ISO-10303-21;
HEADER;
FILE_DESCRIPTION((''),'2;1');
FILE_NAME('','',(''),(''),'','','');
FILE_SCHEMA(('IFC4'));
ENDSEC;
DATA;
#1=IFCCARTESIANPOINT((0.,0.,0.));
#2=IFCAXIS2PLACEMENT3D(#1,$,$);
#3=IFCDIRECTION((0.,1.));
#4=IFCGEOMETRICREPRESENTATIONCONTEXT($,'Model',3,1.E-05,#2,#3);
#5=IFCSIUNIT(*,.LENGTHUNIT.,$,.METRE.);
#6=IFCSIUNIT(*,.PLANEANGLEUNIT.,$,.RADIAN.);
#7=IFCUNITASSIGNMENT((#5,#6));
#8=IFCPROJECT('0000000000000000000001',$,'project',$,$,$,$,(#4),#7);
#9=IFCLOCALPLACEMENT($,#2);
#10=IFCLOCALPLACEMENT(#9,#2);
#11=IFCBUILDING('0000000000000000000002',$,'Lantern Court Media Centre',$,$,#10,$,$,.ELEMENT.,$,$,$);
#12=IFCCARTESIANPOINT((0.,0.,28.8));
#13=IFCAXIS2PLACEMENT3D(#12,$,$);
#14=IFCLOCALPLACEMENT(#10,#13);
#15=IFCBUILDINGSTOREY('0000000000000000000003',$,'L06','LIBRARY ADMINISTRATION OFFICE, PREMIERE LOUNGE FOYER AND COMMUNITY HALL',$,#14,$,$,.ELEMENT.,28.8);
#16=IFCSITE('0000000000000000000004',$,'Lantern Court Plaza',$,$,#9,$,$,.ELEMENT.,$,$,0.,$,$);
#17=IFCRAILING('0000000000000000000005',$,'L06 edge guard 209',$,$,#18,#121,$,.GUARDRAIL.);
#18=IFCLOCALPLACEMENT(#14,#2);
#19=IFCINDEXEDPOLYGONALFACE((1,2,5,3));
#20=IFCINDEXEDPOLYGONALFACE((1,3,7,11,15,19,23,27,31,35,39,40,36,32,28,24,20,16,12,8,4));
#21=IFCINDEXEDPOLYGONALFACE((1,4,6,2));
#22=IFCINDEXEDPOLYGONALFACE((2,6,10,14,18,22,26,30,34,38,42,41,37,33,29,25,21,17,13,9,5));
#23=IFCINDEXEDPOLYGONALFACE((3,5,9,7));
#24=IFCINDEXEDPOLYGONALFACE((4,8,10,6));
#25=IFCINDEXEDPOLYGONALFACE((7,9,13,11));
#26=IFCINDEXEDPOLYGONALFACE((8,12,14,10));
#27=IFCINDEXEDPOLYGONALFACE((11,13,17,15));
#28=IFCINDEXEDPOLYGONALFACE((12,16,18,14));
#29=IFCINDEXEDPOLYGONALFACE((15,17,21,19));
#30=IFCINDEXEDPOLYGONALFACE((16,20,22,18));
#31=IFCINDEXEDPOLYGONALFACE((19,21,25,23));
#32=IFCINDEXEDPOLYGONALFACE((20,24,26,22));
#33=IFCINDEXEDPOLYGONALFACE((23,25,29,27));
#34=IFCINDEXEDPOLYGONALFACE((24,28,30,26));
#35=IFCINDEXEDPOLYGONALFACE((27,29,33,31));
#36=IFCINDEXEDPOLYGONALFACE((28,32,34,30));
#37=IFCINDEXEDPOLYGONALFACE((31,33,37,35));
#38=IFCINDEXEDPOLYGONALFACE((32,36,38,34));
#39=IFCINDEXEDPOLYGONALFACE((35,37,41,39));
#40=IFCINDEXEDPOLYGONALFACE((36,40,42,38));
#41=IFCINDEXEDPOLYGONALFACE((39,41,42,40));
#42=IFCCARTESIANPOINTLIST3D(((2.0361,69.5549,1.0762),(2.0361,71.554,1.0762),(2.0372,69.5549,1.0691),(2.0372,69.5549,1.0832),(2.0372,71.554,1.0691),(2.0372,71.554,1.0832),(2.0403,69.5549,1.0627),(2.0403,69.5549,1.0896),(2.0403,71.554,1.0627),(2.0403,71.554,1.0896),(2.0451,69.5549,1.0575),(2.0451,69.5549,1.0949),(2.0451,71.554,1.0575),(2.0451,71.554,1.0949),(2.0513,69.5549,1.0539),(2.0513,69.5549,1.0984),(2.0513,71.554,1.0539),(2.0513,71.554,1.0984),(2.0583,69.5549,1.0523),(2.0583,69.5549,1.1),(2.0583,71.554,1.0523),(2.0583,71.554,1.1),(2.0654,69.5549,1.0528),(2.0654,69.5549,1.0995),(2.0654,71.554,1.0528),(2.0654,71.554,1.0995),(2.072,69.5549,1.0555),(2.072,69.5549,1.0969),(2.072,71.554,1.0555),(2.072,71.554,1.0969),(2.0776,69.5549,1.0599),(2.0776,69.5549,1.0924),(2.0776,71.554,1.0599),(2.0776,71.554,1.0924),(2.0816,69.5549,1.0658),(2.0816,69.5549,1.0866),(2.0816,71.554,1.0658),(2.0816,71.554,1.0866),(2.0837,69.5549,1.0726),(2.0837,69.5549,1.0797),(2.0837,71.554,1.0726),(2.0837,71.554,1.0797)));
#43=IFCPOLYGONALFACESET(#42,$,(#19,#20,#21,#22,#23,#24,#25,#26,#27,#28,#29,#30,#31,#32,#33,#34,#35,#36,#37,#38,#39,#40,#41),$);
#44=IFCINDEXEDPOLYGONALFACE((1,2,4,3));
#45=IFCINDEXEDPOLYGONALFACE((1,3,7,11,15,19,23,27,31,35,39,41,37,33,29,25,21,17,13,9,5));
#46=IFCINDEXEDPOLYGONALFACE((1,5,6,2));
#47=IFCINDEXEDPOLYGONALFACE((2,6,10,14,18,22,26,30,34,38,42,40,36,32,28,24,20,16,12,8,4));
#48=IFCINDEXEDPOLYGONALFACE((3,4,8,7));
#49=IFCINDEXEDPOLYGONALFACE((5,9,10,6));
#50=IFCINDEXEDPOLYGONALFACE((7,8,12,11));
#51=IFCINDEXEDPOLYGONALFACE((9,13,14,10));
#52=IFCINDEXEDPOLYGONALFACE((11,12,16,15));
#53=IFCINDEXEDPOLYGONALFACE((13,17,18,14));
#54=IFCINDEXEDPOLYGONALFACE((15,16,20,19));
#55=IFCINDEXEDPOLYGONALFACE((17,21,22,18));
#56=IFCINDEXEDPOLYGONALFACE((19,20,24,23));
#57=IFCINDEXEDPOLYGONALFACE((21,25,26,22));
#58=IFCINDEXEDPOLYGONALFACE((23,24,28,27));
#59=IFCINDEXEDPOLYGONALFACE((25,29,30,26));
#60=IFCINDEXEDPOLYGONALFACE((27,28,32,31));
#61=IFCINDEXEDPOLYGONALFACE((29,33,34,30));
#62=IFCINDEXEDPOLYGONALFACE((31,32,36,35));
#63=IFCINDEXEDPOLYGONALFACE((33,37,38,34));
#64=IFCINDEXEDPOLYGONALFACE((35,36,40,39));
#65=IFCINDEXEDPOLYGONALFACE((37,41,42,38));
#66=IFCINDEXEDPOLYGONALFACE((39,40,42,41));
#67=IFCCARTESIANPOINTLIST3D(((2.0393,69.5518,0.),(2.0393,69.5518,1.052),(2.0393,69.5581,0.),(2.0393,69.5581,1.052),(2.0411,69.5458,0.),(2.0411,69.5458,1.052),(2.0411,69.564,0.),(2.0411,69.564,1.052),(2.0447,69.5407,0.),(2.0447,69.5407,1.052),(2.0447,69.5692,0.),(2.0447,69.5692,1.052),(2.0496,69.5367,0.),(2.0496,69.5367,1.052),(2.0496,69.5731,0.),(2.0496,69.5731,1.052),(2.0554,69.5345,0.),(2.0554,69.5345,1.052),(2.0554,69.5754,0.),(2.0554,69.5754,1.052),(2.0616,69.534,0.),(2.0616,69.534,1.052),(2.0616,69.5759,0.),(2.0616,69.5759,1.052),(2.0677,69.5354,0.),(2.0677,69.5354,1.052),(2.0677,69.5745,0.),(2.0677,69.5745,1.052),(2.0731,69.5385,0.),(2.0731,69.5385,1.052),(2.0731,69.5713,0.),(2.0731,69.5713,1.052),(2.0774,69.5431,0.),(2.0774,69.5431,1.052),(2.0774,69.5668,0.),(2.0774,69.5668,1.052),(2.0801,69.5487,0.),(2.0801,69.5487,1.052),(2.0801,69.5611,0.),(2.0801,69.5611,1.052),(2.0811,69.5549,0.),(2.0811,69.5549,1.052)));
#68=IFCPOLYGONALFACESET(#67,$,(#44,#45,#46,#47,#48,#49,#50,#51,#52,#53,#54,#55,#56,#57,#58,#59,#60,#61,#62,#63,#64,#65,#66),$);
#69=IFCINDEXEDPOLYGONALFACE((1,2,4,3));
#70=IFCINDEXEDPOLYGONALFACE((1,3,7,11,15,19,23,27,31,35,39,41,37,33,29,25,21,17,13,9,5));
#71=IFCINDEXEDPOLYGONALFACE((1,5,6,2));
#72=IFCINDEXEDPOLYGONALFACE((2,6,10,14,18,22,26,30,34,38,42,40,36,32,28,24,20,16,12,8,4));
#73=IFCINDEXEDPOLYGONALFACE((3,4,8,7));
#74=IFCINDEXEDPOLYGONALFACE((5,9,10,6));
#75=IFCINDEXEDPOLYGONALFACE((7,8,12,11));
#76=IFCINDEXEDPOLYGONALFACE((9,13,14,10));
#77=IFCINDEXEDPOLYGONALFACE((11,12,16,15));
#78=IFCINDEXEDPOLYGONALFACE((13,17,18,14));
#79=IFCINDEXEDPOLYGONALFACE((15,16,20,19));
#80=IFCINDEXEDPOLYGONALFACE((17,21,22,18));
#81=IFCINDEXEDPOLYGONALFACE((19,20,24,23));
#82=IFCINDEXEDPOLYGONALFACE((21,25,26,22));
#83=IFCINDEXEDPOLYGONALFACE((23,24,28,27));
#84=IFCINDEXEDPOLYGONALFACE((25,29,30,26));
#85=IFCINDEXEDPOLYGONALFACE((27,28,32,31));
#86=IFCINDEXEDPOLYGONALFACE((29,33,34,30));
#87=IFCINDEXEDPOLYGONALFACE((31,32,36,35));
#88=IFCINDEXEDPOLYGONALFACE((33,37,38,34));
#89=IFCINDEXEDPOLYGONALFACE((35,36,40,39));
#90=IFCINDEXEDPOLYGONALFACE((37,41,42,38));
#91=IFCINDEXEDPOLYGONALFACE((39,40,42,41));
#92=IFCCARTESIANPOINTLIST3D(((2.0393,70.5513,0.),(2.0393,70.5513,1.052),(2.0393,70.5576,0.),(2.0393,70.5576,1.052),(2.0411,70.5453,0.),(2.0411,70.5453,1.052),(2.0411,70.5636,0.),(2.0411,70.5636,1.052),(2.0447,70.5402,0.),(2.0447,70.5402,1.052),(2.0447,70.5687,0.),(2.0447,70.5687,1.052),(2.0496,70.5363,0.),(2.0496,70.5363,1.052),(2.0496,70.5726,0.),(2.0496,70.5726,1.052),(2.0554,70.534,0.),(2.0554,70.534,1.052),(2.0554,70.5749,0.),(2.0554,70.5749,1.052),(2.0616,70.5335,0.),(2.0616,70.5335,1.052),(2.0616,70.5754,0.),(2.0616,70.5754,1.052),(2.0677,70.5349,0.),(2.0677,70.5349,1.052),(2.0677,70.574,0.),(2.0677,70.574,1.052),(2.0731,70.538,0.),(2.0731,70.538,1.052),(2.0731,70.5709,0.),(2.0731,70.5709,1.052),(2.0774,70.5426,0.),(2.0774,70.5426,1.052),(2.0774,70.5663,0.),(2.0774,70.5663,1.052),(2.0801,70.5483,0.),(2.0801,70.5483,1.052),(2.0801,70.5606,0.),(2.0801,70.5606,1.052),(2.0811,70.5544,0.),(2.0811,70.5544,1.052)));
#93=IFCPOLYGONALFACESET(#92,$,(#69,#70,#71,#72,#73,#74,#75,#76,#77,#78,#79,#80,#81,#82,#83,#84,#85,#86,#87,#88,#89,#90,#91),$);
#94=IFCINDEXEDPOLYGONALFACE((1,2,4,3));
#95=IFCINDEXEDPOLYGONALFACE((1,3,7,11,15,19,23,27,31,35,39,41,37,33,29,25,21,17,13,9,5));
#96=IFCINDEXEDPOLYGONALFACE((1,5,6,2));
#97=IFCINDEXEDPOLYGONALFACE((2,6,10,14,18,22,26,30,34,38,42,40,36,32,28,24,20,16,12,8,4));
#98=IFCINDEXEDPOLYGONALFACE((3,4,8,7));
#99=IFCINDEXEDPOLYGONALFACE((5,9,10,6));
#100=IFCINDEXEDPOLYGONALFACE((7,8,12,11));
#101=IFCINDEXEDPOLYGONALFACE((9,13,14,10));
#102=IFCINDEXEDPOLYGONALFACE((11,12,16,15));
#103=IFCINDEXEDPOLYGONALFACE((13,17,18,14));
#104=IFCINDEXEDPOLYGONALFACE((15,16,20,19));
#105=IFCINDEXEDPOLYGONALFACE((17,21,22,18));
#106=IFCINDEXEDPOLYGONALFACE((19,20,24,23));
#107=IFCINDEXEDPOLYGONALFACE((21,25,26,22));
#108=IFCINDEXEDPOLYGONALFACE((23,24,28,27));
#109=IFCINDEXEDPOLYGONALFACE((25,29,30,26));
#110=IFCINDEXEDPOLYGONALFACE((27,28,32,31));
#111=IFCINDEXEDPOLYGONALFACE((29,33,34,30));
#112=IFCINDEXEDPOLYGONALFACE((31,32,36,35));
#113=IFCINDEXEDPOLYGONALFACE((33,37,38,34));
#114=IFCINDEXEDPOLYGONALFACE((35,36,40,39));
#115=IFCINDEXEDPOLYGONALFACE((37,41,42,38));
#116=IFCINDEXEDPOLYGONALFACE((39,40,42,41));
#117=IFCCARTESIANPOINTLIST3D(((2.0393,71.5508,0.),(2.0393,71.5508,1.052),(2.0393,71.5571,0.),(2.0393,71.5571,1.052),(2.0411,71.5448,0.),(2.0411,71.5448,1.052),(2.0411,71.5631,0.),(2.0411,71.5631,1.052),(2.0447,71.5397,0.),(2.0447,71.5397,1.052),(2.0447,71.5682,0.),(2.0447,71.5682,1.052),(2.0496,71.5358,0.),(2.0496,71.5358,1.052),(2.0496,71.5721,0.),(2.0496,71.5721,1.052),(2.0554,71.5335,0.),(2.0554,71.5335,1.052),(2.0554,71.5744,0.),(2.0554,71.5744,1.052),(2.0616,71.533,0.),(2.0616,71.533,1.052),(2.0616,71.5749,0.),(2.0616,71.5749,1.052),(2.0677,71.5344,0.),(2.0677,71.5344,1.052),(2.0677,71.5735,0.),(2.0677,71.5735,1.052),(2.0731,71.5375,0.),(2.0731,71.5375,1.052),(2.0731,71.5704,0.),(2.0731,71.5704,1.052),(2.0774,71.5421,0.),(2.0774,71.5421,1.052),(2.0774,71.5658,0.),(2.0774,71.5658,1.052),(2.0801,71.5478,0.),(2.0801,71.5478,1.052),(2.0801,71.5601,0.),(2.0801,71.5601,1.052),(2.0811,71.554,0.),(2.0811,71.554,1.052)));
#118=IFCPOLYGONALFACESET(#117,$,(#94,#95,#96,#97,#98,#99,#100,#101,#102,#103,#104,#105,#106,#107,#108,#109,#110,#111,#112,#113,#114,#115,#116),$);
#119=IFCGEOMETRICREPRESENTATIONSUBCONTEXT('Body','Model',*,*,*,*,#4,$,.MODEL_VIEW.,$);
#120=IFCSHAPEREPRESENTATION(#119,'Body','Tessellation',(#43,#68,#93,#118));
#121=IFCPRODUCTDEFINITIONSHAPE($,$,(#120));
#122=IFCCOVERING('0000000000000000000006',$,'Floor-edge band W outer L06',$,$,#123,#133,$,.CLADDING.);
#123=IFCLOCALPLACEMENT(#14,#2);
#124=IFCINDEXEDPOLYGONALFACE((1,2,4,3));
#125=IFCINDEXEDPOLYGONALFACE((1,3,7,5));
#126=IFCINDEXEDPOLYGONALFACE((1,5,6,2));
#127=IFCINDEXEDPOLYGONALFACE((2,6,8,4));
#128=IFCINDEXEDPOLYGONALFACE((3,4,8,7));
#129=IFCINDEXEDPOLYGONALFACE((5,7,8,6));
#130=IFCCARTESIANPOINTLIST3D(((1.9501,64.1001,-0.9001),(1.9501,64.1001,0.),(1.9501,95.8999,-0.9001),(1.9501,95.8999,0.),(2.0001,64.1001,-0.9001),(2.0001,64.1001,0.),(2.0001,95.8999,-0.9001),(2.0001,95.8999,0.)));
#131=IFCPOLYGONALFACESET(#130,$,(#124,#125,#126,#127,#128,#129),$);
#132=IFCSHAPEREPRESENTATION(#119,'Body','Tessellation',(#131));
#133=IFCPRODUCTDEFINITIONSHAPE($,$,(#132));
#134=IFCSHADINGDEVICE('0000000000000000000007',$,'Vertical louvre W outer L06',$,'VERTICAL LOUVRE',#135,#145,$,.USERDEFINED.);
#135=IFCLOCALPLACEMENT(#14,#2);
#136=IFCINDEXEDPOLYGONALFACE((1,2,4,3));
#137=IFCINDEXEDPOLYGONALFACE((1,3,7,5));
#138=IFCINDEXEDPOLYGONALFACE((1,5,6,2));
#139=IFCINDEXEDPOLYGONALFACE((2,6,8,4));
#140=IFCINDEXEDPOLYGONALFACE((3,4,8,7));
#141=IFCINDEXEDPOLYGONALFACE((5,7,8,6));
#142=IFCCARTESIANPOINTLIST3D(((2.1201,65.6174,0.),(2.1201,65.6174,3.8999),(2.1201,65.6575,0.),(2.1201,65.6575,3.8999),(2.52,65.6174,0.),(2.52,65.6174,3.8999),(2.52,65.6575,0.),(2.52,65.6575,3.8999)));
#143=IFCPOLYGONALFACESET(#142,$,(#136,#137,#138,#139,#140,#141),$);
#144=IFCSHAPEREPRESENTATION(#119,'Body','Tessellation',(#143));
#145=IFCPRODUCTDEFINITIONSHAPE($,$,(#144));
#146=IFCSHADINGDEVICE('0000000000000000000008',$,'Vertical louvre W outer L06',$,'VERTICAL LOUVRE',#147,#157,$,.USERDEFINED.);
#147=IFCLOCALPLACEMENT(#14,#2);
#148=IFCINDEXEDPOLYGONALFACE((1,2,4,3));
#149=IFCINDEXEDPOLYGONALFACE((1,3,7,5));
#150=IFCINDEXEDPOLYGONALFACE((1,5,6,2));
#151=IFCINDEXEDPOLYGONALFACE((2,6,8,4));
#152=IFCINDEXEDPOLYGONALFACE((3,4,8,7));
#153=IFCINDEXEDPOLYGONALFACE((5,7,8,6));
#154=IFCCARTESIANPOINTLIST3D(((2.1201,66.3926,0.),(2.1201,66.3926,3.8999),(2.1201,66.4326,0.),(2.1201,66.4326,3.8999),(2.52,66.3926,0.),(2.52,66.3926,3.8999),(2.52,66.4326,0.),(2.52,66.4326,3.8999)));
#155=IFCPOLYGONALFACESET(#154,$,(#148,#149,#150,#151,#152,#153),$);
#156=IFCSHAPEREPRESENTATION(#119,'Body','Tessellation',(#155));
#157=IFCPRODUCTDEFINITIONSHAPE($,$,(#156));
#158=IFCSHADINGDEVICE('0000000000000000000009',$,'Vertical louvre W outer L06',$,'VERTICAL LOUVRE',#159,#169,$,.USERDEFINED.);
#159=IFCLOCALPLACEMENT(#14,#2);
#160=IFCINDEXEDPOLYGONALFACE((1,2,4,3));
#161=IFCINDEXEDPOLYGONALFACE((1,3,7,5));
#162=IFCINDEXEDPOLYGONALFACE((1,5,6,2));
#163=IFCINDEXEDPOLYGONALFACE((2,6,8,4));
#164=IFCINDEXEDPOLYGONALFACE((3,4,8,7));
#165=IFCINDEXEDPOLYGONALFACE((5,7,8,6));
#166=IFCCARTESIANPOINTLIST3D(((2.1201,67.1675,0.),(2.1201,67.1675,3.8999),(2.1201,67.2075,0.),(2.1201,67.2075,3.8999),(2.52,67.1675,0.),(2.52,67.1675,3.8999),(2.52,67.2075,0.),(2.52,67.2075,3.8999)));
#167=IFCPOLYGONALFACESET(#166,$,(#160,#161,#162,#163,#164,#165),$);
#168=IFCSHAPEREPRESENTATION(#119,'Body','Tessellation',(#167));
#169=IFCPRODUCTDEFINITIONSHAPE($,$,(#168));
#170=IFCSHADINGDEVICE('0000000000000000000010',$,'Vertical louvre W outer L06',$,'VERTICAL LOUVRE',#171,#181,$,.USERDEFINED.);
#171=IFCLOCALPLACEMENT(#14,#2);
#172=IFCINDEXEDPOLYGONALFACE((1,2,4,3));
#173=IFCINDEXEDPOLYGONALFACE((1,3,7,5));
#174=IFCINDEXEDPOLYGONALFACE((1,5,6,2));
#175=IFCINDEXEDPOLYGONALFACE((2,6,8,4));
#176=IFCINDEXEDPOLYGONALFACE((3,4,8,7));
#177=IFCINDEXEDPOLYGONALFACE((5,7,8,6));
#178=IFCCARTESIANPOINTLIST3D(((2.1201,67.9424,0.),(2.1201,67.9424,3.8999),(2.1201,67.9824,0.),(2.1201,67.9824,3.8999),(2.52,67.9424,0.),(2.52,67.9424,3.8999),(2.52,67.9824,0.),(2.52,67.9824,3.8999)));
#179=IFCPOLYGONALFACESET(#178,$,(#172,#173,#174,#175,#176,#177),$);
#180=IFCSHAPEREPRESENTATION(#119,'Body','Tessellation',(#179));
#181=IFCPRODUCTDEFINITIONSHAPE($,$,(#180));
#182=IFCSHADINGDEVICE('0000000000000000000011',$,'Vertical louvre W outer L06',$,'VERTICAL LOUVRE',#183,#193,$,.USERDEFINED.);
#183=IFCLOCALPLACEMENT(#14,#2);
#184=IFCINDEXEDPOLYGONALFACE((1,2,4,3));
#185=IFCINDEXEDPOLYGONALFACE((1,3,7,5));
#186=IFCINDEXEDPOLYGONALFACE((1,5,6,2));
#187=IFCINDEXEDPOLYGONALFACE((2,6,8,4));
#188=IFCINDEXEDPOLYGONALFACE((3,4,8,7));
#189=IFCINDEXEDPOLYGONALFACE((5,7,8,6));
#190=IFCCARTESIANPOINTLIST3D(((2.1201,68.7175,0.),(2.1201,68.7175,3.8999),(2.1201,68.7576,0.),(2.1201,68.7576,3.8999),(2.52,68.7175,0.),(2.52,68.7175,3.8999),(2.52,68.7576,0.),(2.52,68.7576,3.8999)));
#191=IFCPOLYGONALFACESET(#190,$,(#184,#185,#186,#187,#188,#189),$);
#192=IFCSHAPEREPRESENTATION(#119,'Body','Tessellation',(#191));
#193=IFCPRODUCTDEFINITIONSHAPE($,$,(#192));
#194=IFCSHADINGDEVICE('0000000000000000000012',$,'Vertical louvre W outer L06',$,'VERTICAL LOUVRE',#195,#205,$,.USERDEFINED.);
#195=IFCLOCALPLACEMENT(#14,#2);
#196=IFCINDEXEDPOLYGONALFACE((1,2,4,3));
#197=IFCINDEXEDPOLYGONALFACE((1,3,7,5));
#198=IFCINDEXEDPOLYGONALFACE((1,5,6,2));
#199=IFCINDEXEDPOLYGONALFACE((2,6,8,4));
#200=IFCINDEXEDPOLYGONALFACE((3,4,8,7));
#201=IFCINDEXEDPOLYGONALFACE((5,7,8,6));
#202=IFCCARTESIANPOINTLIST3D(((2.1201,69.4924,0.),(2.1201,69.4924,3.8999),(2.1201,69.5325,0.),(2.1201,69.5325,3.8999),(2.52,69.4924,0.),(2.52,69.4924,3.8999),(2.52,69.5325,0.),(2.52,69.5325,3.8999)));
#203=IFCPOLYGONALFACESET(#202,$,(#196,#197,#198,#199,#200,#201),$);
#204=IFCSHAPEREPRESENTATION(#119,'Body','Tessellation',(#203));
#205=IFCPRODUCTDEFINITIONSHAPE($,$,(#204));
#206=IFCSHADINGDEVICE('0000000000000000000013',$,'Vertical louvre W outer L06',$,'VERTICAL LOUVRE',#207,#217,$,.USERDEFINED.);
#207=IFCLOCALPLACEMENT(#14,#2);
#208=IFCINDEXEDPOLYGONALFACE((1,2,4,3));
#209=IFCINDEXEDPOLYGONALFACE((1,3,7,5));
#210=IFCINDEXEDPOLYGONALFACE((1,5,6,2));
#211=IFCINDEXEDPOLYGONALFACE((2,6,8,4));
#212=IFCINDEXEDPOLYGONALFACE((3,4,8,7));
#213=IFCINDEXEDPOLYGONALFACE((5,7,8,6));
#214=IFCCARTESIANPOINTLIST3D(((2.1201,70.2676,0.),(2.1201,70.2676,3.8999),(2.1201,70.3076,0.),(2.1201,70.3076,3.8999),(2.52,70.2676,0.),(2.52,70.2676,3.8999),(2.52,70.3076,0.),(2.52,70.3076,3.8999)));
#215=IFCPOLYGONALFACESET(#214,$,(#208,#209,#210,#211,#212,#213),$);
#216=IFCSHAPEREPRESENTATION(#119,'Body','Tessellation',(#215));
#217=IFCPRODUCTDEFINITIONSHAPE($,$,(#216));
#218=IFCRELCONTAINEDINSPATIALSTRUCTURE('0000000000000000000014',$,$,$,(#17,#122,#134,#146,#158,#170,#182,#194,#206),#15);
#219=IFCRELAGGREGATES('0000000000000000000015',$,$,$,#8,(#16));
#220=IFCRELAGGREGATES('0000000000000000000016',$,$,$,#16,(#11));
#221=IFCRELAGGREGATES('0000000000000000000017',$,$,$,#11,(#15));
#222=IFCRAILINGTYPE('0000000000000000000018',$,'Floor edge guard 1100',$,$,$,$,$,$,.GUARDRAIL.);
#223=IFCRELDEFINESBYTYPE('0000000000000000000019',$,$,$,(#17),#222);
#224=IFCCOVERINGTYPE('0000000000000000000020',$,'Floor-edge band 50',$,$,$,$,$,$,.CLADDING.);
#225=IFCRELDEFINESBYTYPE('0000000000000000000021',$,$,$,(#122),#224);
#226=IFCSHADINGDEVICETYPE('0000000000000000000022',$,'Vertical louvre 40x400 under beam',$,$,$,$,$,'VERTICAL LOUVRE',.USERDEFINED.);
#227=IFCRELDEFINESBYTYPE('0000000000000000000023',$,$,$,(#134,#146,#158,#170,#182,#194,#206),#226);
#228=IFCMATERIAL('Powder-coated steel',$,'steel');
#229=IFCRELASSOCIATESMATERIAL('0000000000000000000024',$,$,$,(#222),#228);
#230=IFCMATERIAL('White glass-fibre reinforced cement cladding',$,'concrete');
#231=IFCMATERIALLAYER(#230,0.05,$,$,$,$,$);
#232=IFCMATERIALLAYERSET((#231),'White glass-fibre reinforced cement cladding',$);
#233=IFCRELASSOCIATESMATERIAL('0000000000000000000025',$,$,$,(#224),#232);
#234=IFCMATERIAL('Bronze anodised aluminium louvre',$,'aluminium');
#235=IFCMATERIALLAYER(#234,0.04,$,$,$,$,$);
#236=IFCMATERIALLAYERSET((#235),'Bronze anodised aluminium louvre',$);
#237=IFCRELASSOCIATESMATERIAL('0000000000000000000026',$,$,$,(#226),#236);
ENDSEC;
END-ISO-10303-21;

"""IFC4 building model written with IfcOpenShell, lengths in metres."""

from ifc_helpers import new_model, si_unit, direction, frame, frame_2d, origin, origin_2d, place, context, subcontext, project, spatial, rectangle, circle, extrude, material, layer, layer_set, type_object, element, save


model = new_model("IFC4")

# Units and contexts
model_context = context("Model", 3, precision=1e-05, world=origin(), true_north=direction((0.0, 1.0)))
body_context = subcontext(model_context, "Body", "Model", "MODEL_VIEW")
ifc_project = project(units=[si_unit("LENGTHUNIT", "METRE"), si_unit("PLANEANGLEUNIT", "RADIAN")], contexts=[model_context])

# Site, building, storey
site_placement = place(None, origin())
site = spatial("IfcSite", under=ifc_project, at=site_placement, Name="Lantern Court Plaza", CompositionType="ELEMENT", RefElevation=0.0)
building_placement = place(site_placement, origin())
building = spatial("IfcBuilding", under=site, at=building_placement, Name="Lantern Court Media Centre", CompositionType="ELEMENT")
storey_placement = place(building_placement, frame((0.0, 0.0, 28.8)))
storey = spatial("IfcBuildingStorey", under=building, at=storey_placement, Name="L06", Description="LIBRARY ADMINISTRATION OFFICE, PREMIERE LOUNGE FOYER AND COMMUNITY HALL", CompositionType="ELEMENT", Elevation=28.8)

# Railing
ifc_material_1 = material(Name="Powder-coated steel", Category="steel")
railing_type = type_object("IfcRailingType", Name="Floor edge guard 1100", PredefinedType="GUARDRAIL", material=ifc_material_1)
railing_1_placement = place(storey_placement, frame((2.0601, 69.5549, 0.0)))
element("IfcRailing", 1, at=railing_1_placement, inside=storey, type_object=railing_type, Name="L06 edge guard 209", PredefinedType="GUARDRAIL", context=body_context, shape_type="SweptSolid", body=[
    extrude(circle(Radius=0.0239, at=origin_2d()), frame((0.0, 0.0, 1.0762), z_axis=(0.0, 1.0, 0.0), x_axis=(-1.0, 0.0, 0.0)), (0.0, 0.0, 1.0), 1.999),
    extrude(circle(Radius=0.021, at=origin_2d()), origin(), (0.0, 0.0, 1.0), 1.052),
    extrude(circle(Radius=0.021, at=origin_2d()), frame((0.0, 0.9995, 0.0)), (0.0, 0.0, 1.0), 1.052),
    extrude(circle(Radius=0.021, at=origin_2d()), frame((0.0, 1.999, 0.0)), (0.0, 0.0, 1.0), 1.052),
])

# Covering
ifc_material_2 = material(Name="White glass-fibre reinforced cement cladding", Category="concrete")
ifc_layer_1 = layer(ifc_material_2, 0.05)
ifc_layer_set_1 = layer_set([ifc_layer_1], Name="White glass-fibre reinforced cement cladding")
covering_type = type_object("IfcCoveringType", Name="Floor-edge band 50", PredefinedType="CLADDING", material=ifc_layer_set_1)
covering_placement = place(storey_placement, frame((1.9751, 64.1001, -0.9001), z_axis=(0.0, 0.0, 1.0), x_axis=(0.0, 1.0, 0.0)))
element("IfcCovering", 2, at=covering_placement, inside=storey, type_object=covering_type, Name="Floor-edge band W outer L06", PredefinedType="CLADDING", context=body_context, shape_type="SweptSolid", body=[
    extrude(rectangle(XDim=31.7998, YDim=0.05, at=frame_2d((15.8999, 0.0))), origin(), (0.0, 0.0, 1.0), 0.9001),
])

# Shading devices
ifc_material_3 = material(Name="Bronze anodised aluminium louvre", Category="aluminium")
ifc_layer_2 = layer(ifc_material_3, 0.04)
ifc_layer_set_2 = layer_set([ifc_layer_2], Name="Bronze anodised aluminium louvre")
shading_device_type = type_object("IfcShadingDeviceType", Name="Vertical louvre 40x400 under beam", ElementType="VERTICAL LOUVRE", PredefinedType="USERDEFINED", material=ifc_layer_set_2)
for number, where, z_axis, x_axis, name in (
    (3, (2.3201, 65.6375, 0.0), (0.0, 0.0, 1.0), (1.0, 0.0, 0.0), "Vertical louvre W outer L06"),
    (4, (2.3201, 66.4126, 0.0), (0.0, 0.0, 1.0), (1.0, 0.0, 0.0), "Vertical louvre W outer L06"),
    (5, (2.3201, 67.1875, 0.0), (0.0, 0.0, 1.0), (1.0, 0.0, 0.0), "Vertical louvre W outer L06"),
    (6, (2.3201, 67.9624, 0.0), (0.0, 0.0, 1.0), (1.0, 0.0, 0.0), "Vertical louvre W outer L06"),
    (7, (2.3201, 68.7375, 0.0), (0.0, 0.0, 1.0), (1.0, 0.0, 0.0), "Vertical louvre W outer L06"),
    (8, (2.3201, 69.5125, 0.0), (0.0, 0.0, 1.0), (1.0, 0.0, 0.0), "Vertical louvre W outer L06"),
    (9, (2.3201, 70.2876, 0.0), (0.0, 0.0, 1.0), (1.0, 0.0, 0.0), "Vertical louvre W outer L06"),
):
    element("IfcShadingDevice", number, at=place(storey_placement, frame(where, z_axis=z_axis, x_axis=x_axis)), inside=storey, type_object=shading_device_type, Name=name, ObjectType="VERTICAL LOUVRE", PredefinedType="USERDEFINED", context=body_context, shape_type="SweptSolid", body=[
        extrude(rectangle(XDim=0.3999, YDim=0.04, at=origin_2d()), origin(), (0.0, 0.0, 1.0), 3.8999),
    ])

save(model, "model.ifc")
